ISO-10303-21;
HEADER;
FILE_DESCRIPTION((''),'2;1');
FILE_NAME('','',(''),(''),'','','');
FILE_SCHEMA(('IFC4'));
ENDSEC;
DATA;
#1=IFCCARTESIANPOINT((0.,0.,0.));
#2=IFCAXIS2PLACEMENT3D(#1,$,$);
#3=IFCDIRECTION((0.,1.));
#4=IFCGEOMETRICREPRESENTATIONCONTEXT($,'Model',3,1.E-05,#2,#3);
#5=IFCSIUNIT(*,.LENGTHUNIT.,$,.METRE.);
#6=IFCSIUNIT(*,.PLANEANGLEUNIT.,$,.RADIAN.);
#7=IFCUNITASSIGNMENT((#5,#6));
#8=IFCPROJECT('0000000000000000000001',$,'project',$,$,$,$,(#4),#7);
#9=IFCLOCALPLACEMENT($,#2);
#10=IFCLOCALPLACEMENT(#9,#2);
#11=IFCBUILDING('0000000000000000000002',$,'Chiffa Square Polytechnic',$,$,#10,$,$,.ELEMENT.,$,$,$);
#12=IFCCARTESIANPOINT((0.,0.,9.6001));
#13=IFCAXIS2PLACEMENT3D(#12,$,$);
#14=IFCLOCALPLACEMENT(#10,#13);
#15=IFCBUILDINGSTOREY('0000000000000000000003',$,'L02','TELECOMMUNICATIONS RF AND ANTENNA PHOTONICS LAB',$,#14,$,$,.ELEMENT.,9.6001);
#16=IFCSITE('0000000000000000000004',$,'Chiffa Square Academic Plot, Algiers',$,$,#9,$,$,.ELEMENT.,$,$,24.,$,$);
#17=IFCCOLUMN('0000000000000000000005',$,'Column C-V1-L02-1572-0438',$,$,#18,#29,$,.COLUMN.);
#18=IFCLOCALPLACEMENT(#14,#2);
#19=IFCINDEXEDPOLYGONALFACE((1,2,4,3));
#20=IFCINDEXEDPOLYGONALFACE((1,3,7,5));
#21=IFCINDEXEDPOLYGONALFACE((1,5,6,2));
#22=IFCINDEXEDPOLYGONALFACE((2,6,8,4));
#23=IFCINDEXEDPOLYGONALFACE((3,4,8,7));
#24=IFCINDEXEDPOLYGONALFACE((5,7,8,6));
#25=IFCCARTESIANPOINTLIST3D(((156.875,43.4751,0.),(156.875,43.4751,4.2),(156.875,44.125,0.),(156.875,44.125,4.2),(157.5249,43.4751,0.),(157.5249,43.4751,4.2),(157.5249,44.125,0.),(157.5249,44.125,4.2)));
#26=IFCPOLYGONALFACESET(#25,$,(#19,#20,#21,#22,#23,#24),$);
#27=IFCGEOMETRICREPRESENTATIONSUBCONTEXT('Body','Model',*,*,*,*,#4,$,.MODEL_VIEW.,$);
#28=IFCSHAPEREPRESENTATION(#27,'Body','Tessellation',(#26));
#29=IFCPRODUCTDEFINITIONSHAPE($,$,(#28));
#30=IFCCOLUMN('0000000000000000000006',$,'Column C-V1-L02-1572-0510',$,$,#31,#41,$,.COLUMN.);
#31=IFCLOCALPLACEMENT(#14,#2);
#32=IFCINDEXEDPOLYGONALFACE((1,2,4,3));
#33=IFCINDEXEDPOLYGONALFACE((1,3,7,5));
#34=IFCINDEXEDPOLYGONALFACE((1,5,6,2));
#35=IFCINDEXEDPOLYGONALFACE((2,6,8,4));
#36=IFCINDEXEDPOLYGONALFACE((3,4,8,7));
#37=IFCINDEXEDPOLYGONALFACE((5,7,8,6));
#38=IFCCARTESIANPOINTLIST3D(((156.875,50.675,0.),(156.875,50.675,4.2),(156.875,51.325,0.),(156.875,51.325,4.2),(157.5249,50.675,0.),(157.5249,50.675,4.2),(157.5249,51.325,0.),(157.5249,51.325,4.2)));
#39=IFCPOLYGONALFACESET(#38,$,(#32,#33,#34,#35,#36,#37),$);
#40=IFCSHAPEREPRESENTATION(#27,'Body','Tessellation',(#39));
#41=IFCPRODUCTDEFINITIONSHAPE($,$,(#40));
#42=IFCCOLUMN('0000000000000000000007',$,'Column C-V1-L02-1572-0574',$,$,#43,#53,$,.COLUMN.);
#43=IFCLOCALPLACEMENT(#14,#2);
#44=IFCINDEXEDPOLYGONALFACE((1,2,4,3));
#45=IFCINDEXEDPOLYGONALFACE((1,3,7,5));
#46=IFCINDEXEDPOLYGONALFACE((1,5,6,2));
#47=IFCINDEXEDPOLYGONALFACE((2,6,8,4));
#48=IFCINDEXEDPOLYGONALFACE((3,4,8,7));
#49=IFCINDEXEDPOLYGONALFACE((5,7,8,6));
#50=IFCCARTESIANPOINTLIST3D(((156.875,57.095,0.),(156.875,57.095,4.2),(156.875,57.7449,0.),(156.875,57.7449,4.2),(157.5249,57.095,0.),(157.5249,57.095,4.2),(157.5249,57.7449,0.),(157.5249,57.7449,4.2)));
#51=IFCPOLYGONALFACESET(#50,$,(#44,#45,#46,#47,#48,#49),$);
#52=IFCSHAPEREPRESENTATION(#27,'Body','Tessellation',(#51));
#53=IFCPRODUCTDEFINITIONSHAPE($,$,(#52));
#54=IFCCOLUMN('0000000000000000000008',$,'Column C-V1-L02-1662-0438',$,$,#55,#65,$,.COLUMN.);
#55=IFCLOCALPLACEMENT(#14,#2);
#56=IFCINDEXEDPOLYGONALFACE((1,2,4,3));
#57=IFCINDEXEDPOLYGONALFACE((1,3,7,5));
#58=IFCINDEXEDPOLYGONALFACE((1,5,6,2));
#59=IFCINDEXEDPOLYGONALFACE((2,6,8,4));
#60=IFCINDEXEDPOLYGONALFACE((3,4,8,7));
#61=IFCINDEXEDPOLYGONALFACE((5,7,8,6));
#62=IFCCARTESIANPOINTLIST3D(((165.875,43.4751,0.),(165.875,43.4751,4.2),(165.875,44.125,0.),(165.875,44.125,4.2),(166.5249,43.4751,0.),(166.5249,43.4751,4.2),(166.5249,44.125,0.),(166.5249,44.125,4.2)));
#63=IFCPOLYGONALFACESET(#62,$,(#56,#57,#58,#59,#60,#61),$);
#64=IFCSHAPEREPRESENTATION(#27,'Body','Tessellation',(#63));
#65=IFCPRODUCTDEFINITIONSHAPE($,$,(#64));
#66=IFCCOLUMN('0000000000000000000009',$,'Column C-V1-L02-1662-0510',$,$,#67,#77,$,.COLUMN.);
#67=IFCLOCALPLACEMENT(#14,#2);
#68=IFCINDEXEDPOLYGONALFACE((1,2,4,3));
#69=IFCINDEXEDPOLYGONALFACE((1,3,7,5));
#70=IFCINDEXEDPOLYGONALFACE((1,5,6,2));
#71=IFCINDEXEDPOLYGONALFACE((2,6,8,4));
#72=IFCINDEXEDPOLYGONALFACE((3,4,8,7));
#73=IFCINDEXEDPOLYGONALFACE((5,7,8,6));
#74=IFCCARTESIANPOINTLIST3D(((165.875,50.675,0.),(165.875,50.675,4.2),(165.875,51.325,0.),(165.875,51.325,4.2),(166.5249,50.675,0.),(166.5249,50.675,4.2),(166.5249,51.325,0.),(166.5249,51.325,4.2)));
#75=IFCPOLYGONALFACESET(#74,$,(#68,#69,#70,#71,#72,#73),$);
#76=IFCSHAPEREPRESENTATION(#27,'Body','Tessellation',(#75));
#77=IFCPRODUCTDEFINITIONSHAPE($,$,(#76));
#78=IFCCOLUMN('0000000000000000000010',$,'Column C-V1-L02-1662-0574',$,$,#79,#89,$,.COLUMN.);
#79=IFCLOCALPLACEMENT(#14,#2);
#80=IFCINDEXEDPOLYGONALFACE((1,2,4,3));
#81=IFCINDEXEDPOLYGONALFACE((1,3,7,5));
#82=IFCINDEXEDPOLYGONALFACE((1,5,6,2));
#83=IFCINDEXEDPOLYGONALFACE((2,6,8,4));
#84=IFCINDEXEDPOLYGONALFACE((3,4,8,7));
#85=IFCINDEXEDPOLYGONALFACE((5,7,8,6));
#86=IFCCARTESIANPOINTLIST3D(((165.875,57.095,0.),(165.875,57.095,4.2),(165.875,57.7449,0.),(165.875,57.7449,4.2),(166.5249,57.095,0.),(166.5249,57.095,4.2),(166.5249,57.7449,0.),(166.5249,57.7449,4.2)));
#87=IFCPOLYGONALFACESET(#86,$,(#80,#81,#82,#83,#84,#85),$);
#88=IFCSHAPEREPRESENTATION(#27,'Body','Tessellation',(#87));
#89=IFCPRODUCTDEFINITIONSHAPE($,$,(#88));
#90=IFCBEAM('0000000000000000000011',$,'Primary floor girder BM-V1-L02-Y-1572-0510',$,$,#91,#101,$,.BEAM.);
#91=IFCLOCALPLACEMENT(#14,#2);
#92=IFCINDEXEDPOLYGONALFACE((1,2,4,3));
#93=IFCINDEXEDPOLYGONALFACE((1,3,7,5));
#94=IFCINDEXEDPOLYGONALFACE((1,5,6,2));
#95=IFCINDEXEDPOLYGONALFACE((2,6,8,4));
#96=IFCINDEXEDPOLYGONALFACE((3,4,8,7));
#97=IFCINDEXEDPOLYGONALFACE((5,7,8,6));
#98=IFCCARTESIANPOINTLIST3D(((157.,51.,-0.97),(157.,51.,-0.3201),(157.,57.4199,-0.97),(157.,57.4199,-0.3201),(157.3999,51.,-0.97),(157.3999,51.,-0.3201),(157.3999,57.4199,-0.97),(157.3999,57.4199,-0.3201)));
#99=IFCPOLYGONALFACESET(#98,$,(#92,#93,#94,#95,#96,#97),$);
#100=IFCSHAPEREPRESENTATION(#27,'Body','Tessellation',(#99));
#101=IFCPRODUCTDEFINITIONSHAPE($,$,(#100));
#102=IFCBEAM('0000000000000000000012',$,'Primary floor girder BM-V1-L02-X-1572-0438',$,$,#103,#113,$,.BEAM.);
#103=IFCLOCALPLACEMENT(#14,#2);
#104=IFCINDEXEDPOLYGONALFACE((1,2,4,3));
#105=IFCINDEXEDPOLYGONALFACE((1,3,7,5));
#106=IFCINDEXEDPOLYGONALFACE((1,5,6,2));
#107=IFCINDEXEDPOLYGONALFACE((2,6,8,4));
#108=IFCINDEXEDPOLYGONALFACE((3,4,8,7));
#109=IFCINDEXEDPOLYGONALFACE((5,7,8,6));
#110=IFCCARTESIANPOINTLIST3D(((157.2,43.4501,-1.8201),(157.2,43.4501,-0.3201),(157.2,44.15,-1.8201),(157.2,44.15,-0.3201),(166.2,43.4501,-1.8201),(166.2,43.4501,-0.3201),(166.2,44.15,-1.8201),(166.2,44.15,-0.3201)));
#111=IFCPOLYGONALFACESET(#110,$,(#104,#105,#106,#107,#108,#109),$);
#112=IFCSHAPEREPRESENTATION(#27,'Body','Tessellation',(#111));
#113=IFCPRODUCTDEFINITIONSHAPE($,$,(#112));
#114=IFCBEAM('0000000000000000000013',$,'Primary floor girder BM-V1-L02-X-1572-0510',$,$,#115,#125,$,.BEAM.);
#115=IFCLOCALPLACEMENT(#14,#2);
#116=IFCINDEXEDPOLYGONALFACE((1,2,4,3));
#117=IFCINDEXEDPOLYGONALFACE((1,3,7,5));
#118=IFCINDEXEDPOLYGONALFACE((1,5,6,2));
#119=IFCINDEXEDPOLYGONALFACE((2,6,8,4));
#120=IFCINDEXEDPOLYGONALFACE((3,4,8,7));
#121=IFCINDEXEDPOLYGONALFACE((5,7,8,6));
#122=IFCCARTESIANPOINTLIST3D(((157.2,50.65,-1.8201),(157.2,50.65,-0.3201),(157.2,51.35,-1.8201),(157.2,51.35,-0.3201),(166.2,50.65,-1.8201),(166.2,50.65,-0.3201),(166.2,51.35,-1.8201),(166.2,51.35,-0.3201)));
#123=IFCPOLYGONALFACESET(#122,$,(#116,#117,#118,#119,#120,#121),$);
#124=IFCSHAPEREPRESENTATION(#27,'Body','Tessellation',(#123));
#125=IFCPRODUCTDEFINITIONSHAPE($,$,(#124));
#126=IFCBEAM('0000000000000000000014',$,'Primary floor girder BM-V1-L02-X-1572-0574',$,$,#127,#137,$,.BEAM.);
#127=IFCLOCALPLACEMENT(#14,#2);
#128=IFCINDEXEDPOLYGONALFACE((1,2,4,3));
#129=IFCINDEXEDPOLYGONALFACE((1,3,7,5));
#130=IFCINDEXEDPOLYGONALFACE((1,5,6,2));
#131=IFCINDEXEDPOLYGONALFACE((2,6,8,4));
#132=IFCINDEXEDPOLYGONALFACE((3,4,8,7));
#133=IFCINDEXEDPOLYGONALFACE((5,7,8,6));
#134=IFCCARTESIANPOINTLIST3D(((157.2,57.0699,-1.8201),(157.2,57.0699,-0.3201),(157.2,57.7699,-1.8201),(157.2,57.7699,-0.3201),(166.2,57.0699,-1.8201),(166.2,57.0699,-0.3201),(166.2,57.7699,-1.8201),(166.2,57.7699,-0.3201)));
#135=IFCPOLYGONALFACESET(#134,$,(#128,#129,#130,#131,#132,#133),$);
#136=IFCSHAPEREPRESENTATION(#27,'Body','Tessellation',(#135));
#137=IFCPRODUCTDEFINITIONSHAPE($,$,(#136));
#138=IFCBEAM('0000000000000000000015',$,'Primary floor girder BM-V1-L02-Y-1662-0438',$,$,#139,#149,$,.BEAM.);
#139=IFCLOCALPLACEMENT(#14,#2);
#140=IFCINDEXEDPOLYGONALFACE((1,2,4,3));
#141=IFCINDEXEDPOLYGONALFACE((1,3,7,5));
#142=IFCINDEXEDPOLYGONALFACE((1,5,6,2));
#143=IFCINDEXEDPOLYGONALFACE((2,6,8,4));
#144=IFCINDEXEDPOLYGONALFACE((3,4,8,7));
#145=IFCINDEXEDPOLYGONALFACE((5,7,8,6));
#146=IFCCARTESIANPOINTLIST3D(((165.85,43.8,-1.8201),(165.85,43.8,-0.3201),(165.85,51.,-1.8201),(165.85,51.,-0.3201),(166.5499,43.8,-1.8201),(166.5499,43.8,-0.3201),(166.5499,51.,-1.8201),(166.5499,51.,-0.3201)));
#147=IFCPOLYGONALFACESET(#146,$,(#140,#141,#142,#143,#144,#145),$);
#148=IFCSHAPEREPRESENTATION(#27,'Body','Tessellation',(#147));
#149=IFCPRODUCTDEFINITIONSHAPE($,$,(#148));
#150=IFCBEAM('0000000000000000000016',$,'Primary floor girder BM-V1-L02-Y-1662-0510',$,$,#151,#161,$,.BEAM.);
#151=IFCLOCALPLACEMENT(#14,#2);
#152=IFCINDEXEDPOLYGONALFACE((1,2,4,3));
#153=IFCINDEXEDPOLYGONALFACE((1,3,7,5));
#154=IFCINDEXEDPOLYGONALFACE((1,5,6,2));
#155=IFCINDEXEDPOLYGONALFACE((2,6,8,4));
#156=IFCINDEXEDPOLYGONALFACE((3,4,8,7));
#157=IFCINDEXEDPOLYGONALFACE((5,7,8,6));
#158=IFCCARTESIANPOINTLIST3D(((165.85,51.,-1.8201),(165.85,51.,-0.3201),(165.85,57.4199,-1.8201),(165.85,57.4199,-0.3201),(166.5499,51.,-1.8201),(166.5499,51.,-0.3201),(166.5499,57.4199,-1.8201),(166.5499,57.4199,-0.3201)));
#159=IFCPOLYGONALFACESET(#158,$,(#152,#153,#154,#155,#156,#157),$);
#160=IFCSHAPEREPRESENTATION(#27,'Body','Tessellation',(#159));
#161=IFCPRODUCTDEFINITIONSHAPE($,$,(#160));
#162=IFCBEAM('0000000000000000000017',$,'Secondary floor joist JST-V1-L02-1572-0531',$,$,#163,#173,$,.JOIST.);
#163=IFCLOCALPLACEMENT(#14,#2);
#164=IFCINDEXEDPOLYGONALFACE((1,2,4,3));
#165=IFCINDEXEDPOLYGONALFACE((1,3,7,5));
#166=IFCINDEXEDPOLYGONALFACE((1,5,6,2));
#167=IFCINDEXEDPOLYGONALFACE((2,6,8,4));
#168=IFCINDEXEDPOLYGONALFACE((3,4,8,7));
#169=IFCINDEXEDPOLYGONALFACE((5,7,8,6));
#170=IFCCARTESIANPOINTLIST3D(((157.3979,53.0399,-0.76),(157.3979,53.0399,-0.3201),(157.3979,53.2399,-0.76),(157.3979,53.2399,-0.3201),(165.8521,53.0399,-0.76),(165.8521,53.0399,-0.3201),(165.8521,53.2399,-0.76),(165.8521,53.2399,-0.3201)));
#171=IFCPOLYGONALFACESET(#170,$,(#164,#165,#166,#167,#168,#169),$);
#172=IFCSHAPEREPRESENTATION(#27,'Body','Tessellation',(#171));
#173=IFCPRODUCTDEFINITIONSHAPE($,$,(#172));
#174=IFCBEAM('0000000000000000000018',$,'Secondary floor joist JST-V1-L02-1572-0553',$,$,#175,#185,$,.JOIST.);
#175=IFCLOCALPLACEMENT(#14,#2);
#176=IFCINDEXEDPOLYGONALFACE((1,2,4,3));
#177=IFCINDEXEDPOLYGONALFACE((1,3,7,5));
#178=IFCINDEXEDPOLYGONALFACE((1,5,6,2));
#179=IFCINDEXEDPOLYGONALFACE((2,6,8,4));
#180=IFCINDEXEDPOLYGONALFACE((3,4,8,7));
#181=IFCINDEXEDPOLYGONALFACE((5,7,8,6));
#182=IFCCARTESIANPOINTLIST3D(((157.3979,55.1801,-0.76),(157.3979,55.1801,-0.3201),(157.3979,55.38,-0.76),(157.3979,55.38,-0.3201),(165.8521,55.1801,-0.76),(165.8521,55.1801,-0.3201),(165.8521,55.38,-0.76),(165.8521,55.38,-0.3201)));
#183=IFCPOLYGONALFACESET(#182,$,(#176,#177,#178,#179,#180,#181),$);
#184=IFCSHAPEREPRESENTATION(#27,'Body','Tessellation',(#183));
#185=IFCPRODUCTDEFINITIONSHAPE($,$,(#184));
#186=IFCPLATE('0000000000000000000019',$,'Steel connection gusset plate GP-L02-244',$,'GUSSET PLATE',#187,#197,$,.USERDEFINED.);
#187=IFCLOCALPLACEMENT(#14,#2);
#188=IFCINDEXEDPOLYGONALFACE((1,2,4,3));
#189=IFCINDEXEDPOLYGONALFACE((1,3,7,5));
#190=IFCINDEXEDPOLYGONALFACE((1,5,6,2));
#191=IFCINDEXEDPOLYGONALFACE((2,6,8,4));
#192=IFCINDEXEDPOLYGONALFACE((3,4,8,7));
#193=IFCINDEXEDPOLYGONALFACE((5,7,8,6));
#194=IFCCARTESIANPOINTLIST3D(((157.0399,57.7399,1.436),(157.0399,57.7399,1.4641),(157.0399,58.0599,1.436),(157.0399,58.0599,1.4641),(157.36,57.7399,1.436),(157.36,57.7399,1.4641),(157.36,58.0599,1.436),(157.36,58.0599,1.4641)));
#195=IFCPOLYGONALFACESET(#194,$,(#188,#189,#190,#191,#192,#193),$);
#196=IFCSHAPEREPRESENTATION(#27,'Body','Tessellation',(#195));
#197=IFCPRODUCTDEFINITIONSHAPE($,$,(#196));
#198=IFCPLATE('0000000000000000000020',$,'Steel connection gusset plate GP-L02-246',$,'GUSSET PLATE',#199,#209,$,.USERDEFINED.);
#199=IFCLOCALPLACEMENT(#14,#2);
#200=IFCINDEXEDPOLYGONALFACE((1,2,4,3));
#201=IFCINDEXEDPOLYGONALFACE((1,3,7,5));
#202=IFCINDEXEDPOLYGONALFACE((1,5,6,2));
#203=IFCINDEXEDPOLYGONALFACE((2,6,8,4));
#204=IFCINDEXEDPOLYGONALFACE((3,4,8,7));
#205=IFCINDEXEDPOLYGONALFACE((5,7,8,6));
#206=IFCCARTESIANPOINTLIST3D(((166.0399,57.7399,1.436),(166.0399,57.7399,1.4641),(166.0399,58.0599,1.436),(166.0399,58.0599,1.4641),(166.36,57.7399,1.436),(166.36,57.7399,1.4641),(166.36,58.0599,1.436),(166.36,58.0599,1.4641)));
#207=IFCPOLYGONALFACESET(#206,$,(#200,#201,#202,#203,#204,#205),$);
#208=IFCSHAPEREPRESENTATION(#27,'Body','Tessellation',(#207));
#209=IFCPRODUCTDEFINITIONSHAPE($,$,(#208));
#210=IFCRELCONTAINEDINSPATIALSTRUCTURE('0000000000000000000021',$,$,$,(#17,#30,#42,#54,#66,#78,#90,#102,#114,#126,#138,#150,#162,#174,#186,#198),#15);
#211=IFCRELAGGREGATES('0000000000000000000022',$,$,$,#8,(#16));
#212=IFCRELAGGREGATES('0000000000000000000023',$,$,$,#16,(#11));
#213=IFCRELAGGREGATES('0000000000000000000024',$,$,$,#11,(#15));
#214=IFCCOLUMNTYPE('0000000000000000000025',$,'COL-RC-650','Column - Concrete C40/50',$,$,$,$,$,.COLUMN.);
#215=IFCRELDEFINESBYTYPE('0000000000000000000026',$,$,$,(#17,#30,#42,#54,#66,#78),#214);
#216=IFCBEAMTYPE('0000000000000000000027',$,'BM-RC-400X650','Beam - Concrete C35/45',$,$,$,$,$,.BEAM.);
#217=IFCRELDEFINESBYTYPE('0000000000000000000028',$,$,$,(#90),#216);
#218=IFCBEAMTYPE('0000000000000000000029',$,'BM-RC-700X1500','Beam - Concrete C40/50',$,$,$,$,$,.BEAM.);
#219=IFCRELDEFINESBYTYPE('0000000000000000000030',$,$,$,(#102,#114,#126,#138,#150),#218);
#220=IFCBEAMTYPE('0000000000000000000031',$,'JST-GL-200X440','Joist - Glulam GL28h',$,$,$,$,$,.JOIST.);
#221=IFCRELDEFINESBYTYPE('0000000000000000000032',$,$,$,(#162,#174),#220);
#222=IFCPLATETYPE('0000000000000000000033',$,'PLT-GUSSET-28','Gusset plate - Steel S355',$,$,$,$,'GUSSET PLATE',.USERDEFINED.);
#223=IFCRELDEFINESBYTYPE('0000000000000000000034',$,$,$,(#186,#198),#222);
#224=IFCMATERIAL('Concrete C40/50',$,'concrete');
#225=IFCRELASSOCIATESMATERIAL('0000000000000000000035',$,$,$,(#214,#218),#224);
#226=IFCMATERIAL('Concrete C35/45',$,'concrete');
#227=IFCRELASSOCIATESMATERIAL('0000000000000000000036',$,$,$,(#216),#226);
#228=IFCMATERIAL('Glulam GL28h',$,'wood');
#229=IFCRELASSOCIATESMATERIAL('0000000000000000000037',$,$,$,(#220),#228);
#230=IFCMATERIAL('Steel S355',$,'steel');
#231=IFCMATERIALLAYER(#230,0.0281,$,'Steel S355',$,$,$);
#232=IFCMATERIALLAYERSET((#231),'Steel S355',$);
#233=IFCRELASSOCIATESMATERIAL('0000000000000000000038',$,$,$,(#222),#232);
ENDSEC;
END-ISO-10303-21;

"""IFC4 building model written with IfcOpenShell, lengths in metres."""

from ifc_helpers import new_model, si_unit, direction, frame, origin, origin_2d, place, context, subcontext, project, spatial, rectangle, extrude, material, layer, layer_set, material_profile, profile_set, type_object, element, save


model = new_model("IFC4")

# Units and contexts
model_context = context("Model", 3, precision=1e-05, world=origin(), true_north=direction((0.0, 1.0)))
body_context = subcontext(model_context, "Body", "Model", "MODEL_VIEW")
ifc_project = project(units=[si_unit("LENGTHUNIT", "METRE"), si_unit("PLANEANGLEUNIT", "RADIAN")], contexts=[model_context])

# Site, building, storey
site_placement = place(None, origin())
site = spatial("IfcSite", under=ifc_project, at=site_placement, Name="Chiffa Square Academic Plot, Algiers", CompositionType="ELEMENT", RefElevation=24.0)
building_placement = place(site_placement, origin())
building = spatial("IfcBuilding", under=site, at=building_placement, Name="Chiffa Square Polytechnic", CompositionType="ELEMENT")
storey_placement = place(building_placement, frame((0.0, 0.0, 9.6001)))
storey = spatial("IfcBuildingStorey", under=building, at=storey_placement, Name="L02", Description="TELECOMMUNICATIONS RF AND ANTENNA PHOTONICS LAB", CompositionType="ELEMENT", Elevation=9.6001)

# Columns
ifc_material_1 = material(Name="Concrete C40/50", Category="concrete")
ifc_material_profile_1 = material_profile(ifc_material_1, rectangle(XDim=0.6499, YDim=0.6499, at=origin_2d()), Name="RC 650x650")
ifc_profile_set_1 = profile_set([ifc_material_profile_1], Name="Concrete C40/50")
column_type = type_object("IfcColumnType", Name="COL-RC-650", Description="Column - Concrete C40/50", PredefinedType="COLUMN", material=ifc_profile_set_1)
for number, where, z_axis, x_axis, name in (
    (1, (157.2, 43.8, 0.0), (0.0, 0.0, 1.0), (1.0, 0.0, 0.0), "Column C-V1-L02-1572-0438"),
    (2, (157.2, 51.0, 0.0), (0.0, 0.0, 1.0), (1.0, 0.0, 0.0), "Column C-V1-L02-1572-0510"),
    (3, (157.2, 57.4199, 0.0), (0.0, 0.0, 1.0), (1.0, 0.0, 0.0), "Column C-V1-L02-1572-0574"),
    (4, (166.2, 43.8, 0.0), (0.0, 0.0, 1.0), (1.0, 0.0, 0.0), "Column C-V1-L02-1662-0438"),
    (5, (166.2, 51.0, 0.0), (0.0, 0.0, 1.0), (1.0, 0.0, 0.0), "Column C-V1-L02-1662-0510"),
    (6, (166.2, 57.4199, 0.0), (0.0, 0.0, 1.0), (1.0, 0.0, 0.0), "Column C-V1-L02-1662-0574"),
):
    element("IfcColumn", number, at=place(storey_placement, frame(where, z_axis=z_axis, x_axis=x_axis)), inside=storey, type_object=column_type, Name=name, PredefinedType="COLUMN", context=body_context, shape_type="SweptSolid", body=[
        extrude(rectangle(XDim=0.6499, YDim=0.6499, at=origin_2d()), origin(), (0.0, 0.0, 1.0), 4.2),
    ])

# Beams
ifc_material_2 = material(Name="Concrete C35/45", Category="concrete")
ifc_material_profile_2 = material_profile(ifc_material_2, rectangle(XDim=0.3999, YDim=0.6499, at=origin_2d()), Name="RC 400x650")
ifc_profile_set_2 = profile_set([ifc_material_profile_2], Name="Concrete C35/45")
beam_type_1 = type_object("IfcBeamType", Name="BM-RC-400X650", Description="Beam - Concrete C35/45", PredefinedType="BEAM", material=ifc_profile_set_2)
beam_1_placement = place(storey_placement, frame((157.2, 51.0, -0.645), z_axis=(0.0, 1.0, 0.0), x_axis=(-1.0, 0.0, 0.0)))
element("IfcBeam", 7, at=beam_1_placement, inside=storey, type_object=beam_type_1, Name="Primary floor girder BM-V1-L02-Y-1572-0510", PredefinedType="BEAM", context=body_context, shape_type="SweptSolid", body=[
    extrude(rectangle(XDim=0.3999, YDim=0.6499, at=origin_2d()), origin(), (0.0, 0.0, 1.0), 6.4199),
])
ifc_material_profile_3 = material_profile(ifc_material_1, rectangle(XDim=0.7, YDim=1.5, at=origin_2d()), Name="RC 700x1500")
ifc_profile_set_3 = profile_set([ifc_material_profile_3], Name="Concrete C40/50")
beam_type_2 = type_object("IfcBeamType", Name="BM-RC-700X1500", Description="Beam - Concrete C40/50", PredefinedType="BEAM", material=ifc_profile_set_3)
for number, where, z_axis, x_axis, name in (
    (8, (157.2, 43.8, -1.0701), (1.0, 0.0, 0.0), (0.0, 1.0, 0.0), "Primary floor girder BM-V1-L02-X-1572-0438"),
    (9, (157.2, 51.0, -1.0701), (1.0, 0.0, 0.0), (0.0, 1.0, 0.0), "Primary floor girder BM-V1-L02-X-1572-0510"),
    (10, (157.2, 57.4199, -1.0701), (1.0, 0.0, 0.0), (0.0, 1.0, 0.0), "Primary floor girder BM-V1-L02-X-1572-0574"),
):
    element("IfcBeam", number, at=place(storey_placement, frame(where, z_axis=z_axis, x_axis=x_axis)), inside=storey, type_object=beam_type_2, Name=name, PredefinedType="BEAM", context=body_context, shape_type="SweptSolid", body=[
        extrude(rectangle(XDim=0.7, YDim=1.5, at=origin_2d()), origin(), (0.0, 0.0, 1.0), 9.0),
    ])
beam_2_placement = place(storey_placement, frame((166.2, 43.8, -1.0701), z_axis=(0.0, 1.0, 0.0), x_axis=(-1.0, 0.0, 0.0)))
element("IfcBeam", 11, at=beam_2_placement, inside=storey, type_object=beam_type_2, Name="Primary floor girder BM-V1-L02-Y-1662-0438", PredefinedType="BEAM", context=body_context, shape_type="SweptSolid", body=[
    extrude(rectangle(XDim=0.7, YDim=1.5, at=origin_2d()), origin(), (0.0, 0.0, 1.0), 7.2),
])
beam_3_placement = place(storey_placement, frame((166.2, 51.0, -1.0701), z_axis=(0.0, 1.0, 0.0), x_axis=(-1.0, 0.0, 0.0)))
element("IfcBeam", 12, at=beam_3_placement, inside=storey, type_object=beam_type_2, Name="Primary floor girder BM-V1-L02-Y-1662-0510", PredefinedType="BEAM", context=body_context, shape_type="SweptSolid", body=[
    extrude(rectangle(XDim=0.7, YDim=1.5, at=origin_2d()), origin(), (0.0, 0.0, 1.0), 6.4199),
])
ifc_material_3 = material(Name="Glulam GL28h", Category="wood")
ifc_material_profile_4 = material_profile(ifc_material_3, rectangle(XDim=0.2, YDim=0.4399, at=origin_2d()), Name="GL28h 200x440")
ifc_profile_set_4 = profile_set([ifc_material_profile_4], Name="Glulam GL28h")
beam_type_3 = type_object("IfcBeamType", Name="JST-GL-200X440", Description="Joist - Glulam GL28h", PredefinedType="JOIST", material=ifc_profile_set_4)
for number, where, z_axis, x_axis, name in (
    (13, (157.3979, 53.1399, -0.54), (1.0, 0.0, 0.0), (0.0, 1.0, 0.0), "Secondary floor joist JST-V1-L02-1572-0531"),
    (14, (157.3979, 55.28, -0.54), (1.0, 0.0, 0.0), (0.0, 1.0, 0.0), "Secondary floor joist JST-V1-L02-1572-0553"),
):
    element("IfcBeam", number, at=place(storey_placement, frame(where, z_axis=z_axis, x_axis=x_axis)), inside=storey, type_object=beam_type_3, Name=name, PredefinedType="JOIST", context=body_context, shape_type="SweptSolid", body=[
        extrude(rectangle(XDim=0.2, YDim=0.4399, at=origin_2d()), origin(), (0.0, 0.0, 1.0), 8.4541),
    ])

# Plates
ifc_material_4 = material(Name="Steel S355", Category="steel")
ifc_layer_1 = layer(ifc_material_4, 0.0281, Name="Steel S355")
ifc_layer_set_1 = layer_set([ifc_layer_1], Name="Steel S355")
plate_type = type_object("IfcPlateType", Name="PLT-GUSSET-28", Description="Gusset plate - Steel S355", ElementType="GUSSET PLATE", PredefinedType="USERDEFINED", material=ifc_layer_set_1)
for number, where, z_axis, x_axis, name in (
    (15, (157.2, 57.8999, 1.436), (0.0, 0.0, 1.0), (1.0, 0.0, 0.0), "Steel connection gusset plate GP-L02-244"),
    (16, (166.2, 57.8999, 1.436), (0.0, 0.0, 1.0), (1.0, 0.0, 0.0), "Steel connection gusset plate GP-L02-246"),
):
    element("IfcPlate", number, at=place(storey_placement, frame(where, z_axis=z_axis, x_axis=x_axis)), inside=storey, type_object=plate_type, Name=name, ObjectType="GUSSET PLATE", PredefinedType="USERDEFINED", context=body_context, shape_type="SweptSolid", body=[
        extrude(rectangle(XDim=0.3201, YDim=0.3201, at=origin_2d()), origin(), (0.0, 0.0, 1.0), 0.0281),
    ])

save(model, "model.ifc")
